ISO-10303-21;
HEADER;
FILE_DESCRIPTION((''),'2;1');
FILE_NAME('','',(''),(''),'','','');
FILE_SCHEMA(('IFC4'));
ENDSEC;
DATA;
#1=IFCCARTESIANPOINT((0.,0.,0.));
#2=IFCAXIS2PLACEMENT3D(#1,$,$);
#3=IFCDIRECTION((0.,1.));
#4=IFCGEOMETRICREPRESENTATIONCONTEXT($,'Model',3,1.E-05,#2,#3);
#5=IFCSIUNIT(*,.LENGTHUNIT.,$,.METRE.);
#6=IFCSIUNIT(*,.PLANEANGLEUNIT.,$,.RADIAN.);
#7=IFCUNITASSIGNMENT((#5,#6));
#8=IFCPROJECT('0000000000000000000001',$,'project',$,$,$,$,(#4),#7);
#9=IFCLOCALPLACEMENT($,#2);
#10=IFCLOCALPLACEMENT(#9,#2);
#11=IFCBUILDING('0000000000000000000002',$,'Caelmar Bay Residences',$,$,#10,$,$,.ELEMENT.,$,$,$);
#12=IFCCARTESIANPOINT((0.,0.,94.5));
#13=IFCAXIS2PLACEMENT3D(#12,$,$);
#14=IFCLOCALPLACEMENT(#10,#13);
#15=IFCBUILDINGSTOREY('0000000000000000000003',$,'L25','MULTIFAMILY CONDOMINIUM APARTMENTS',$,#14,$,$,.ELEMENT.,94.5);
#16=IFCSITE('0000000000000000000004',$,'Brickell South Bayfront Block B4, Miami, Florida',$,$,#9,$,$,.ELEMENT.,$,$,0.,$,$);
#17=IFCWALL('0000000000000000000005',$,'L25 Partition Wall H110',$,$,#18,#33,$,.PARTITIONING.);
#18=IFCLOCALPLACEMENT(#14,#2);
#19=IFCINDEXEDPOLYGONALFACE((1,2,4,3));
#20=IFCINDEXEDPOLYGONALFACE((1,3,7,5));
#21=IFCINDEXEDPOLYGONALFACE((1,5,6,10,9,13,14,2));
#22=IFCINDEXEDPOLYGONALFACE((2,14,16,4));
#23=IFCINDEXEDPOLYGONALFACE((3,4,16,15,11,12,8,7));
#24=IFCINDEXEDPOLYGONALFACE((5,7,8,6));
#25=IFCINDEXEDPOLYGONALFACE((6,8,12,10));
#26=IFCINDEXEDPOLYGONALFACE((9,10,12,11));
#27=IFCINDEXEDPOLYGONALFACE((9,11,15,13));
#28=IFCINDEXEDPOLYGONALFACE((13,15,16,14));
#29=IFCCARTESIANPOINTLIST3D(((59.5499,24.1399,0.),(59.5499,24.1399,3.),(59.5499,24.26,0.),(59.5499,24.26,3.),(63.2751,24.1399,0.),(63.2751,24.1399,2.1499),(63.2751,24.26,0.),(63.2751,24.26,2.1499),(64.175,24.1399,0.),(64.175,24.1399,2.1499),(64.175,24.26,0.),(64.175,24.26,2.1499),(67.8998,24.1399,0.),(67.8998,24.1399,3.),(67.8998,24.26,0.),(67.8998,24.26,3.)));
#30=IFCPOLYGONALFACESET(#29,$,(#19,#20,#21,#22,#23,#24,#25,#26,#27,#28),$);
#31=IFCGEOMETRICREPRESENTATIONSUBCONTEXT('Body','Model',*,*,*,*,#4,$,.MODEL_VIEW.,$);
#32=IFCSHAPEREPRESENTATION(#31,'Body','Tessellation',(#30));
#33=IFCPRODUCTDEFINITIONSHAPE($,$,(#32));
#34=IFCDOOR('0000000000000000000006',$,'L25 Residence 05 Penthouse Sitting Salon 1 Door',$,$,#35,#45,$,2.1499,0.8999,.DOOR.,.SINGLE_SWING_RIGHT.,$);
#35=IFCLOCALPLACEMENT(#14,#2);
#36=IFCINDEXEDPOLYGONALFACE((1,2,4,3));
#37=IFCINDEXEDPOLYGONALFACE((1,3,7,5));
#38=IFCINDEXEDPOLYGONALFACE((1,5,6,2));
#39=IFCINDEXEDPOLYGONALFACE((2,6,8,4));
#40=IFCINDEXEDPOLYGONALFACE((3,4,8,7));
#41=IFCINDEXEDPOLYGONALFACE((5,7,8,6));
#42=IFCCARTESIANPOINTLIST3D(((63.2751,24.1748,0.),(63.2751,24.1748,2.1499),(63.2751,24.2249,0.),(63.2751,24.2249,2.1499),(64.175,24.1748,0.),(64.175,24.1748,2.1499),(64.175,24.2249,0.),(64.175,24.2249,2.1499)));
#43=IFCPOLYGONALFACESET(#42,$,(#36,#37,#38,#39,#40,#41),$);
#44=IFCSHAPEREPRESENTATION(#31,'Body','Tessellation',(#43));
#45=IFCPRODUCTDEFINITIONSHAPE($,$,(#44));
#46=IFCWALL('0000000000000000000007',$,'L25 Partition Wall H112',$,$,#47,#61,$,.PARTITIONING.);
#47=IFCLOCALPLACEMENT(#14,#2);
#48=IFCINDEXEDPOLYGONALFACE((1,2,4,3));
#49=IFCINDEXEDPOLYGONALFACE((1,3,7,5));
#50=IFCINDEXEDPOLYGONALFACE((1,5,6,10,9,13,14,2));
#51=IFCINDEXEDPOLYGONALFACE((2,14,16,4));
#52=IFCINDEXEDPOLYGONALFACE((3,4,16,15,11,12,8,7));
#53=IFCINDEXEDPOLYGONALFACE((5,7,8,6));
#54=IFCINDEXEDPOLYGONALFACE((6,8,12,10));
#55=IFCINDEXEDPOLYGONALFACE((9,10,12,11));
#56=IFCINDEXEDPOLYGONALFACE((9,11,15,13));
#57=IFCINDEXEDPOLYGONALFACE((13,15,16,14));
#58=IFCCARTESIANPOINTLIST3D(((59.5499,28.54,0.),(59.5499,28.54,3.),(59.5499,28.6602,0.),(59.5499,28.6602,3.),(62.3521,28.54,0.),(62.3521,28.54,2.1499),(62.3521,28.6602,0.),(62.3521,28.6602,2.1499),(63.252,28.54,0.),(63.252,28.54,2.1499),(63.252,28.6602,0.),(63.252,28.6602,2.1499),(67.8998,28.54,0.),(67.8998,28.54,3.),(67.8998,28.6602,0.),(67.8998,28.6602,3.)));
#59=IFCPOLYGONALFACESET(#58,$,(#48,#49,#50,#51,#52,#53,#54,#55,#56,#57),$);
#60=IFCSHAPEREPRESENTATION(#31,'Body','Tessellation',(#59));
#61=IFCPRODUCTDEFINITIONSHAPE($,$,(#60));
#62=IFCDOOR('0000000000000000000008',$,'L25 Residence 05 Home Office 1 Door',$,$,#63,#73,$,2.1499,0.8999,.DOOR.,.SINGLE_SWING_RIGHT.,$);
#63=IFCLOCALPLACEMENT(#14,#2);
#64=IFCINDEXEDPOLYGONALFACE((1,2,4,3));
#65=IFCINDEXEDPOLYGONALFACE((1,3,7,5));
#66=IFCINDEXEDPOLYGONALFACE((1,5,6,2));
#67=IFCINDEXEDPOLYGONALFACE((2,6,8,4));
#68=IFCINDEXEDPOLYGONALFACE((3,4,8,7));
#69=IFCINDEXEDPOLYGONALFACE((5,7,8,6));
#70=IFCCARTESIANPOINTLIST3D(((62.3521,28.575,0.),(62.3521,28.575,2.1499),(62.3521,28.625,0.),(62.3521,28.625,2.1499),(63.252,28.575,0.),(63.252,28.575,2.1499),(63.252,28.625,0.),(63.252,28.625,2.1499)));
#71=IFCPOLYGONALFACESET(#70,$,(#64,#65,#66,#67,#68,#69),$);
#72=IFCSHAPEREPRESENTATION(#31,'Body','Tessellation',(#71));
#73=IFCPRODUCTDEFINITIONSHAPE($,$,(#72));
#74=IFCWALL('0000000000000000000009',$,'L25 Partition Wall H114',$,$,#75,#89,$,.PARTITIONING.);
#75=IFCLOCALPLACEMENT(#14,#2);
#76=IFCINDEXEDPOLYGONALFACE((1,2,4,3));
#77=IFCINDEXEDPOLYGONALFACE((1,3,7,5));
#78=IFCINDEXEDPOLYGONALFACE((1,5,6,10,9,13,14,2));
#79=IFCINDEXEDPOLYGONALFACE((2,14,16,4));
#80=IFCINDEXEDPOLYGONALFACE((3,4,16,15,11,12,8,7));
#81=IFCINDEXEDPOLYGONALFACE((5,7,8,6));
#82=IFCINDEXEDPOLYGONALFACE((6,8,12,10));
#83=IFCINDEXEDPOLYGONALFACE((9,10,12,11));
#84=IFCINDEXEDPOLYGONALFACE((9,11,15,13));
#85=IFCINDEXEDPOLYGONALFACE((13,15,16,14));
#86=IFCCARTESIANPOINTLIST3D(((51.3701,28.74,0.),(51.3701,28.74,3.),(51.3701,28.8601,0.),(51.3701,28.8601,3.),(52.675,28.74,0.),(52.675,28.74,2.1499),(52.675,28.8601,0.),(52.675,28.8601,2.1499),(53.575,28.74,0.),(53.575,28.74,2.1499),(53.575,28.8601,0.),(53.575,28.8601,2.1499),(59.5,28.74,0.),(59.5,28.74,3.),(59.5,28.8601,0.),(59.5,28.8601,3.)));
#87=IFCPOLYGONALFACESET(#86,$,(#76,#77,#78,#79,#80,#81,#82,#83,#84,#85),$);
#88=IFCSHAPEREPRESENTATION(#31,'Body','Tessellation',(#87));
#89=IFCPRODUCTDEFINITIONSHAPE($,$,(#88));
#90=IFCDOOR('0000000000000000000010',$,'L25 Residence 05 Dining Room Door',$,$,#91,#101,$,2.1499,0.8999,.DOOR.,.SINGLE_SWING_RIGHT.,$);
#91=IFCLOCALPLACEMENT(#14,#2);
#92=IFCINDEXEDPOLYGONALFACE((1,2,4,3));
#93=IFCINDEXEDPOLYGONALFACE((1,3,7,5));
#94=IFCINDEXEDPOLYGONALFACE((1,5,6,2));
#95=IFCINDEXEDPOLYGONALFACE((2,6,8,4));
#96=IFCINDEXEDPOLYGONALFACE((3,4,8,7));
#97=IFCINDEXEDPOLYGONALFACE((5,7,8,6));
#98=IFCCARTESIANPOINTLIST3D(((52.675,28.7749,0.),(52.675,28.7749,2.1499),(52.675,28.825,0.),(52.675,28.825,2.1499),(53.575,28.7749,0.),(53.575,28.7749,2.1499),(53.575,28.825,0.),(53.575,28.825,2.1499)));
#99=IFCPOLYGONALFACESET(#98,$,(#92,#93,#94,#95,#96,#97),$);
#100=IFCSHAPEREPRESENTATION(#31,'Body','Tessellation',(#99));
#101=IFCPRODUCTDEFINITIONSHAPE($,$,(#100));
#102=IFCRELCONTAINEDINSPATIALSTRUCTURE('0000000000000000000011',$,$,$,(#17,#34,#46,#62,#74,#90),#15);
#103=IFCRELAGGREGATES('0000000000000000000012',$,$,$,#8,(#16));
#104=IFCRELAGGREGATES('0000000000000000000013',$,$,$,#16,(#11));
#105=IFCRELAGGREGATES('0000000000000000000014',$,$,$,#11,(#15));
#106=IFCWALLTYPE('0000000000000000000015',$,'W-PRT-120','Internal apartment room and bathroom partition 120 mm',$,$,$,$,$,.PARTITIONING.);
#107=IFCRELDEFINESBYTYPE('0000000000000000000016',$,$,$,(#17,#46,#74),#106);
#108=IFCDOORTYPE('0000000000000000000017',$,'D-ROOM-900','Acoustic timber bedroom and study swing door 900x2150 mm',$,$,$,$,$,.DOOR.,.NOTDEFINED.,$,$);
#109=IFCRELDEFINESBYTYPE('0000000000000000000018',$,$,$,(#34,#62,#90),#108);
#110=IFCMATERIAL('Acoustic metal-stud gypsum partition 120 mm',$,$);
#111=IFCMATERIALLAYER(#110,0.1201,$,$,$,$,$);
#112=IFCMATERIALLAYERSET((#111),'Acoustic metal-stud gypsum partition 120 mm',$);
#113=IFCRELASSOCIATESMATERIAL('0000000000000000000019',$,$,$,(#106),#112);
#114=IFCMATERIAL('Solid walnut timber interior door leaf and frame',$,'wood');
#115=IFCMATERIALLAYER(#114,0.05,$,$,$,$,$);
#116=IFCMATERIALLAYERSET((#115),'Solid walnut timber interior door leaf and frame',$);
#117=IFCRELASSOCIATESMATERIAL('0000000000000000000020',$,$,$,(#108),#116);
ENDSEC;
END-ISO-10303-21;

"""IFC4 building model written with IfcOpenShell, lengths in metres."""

from ifc_helpers import new_model, si_unit, direction, frame, frame_2d, origin, place, context, subcontext, project, spatial, rectangle, extrude, material, layer, layer_set, type_object, element, fill, save


model = new_model("IFC4")

# Units and contexts
model_context = context("Model", 3, precision=1e-05, world=origin(), true_north=direction((0.0, 1.0)))
body_context = subcontext(model_context, "Body", "Model", "MODEL_VIEW")
ifc_project = project(units=[si_unit("LENGTHUNIT", "METRE"), si_unit("PLANEANGLEUNIT", "RADIAN")], contexts=[model_context])

# Site, building, storey
site_placement = place(None, origin())
site = spatial("IfcSite", under=ifc_project, at=site_placement, Name="Brickell South Bayfront Block B4, Miami, Florida", CompositionType="ELEMENT", RefElevation=0.0)
building_placement = place(site_placement, origin())
building = spatial("IfcBuilding", under=site, at=building_placement, Name="Caelmar Bay Residences", CompositionType="ELEMENT")
storey_placement = place(building_placement, frame((0.0, 0.0, 94.5)))
storey = spatial("IfcBuildingStorey", under=building, at=storey_placement, Name="L25", Description="MULTIFAMILY CONDOMINIUM APARTMENTS", CompositionType="ELEMENT", Elevation=94.5)

# Shared definitions
ifc_material_1 = material(Name="Acoustic metal-stud gypsum partition 120 mm")
ifc_layer_1 = layer(ifc_material_1, 0.1201)
ifc_layer_set_1 = layer_set([ifc_layer_1], Name="Acoustic metal-stud gypsum partition 120 mm")
wall_type = type_object("IfcWallType", Name="W-PRT-120", Description="Internal apartment room and bathroom partition 120 mm", PredefinedType="PARTITIONING", material=ifc_layer_set_1)
ifc_material_2 = material(Name="Solid walnut timber interior door leaf and frame", Category="wood")
ifc_layer_2 = layer(ifc_material_2, 0.05)
ifc_layer_set_2 = layer_set([ifc_layer_2], Name="Solid walnut timber interior door leaf and frame")
door_type_1 = type_object("IfcDoorType", Name="D-ROOM-900", Description="Acoustic timber bedroom and study swing door 900x2150 mm", OperationType="NOTDEFINED", PredefinedType="DOOR", material=ifc_layer_set_2)

# Walls, openings, doors
wall_1_placement = place(storey_placement, frame((59.55, 24.2, 0.0), z_axis=(0.0, 0.0, 1.0), x_axis=(1.0, 0.0, 0.0)))
wall_1 = element("IfcWall", 1, at=wall_1_placement, inside=storey, type_object=wall_type, Name="L25 Partition Wall H110", PredefinedType="PARTITIONING", context=body_context, shape_type="SweptSolid", body=[
    extrude(rectangle(XDim=8.3499, YDim=0.1201, at=frame_2d((4.1748, 0.0))), origin(), (0.0, 0.0, 1.0), 3.0),
])
opening_1_placement = place(wall_1_placement, frame((3.7251, 0.0, 0.0)))
opening_1 = element("IfcOpeningElement", 2, at=opening_1_placement, cuts=wall_1, PredefinedType="OPENING", context=body_context, shape_type="SweptSolid", body=[
    extrude(rectangle(XDim=0.8999, YDim=2.1499, at=frame_2d((0.45, 1.075))), frame((0.0, 0.0701, 0.0), z_axis=(0.0, -1.0, 0.0), x_axis=(1.0, 0.0, 0.0)), (0.0, 0.0, 1.0), 0.1401),
])
door_1_placement = place(opening_1_placement, origin())
door_1 = element("IfcDoor", 3, at=door_1_placement, inside=storey, type_object=door_type_1, Name="L25 Residence 05 Penthouse Sitting Salon 1 Door", OperationType="SINGLE_SWING_RIGHT", OverallHeight=2.1499, OverallWidth=0.8999, PredefinedType="DOOR", context=body_context, shape_type="SweptSolid", body=[
    extrude(rectangle(XDim=0.8999, YDim=2.1499, at=frame_2d((0.45, 1.075))), frame((0.0, 0.0249, 0.0), z_axis=(0.0, -1.0, 0.0), x_axis=(1.0, 0.0, 0.0)), (0.0, 0.0, 1.0), 0.05),
])
fill(opening_1, door_1)
wall_2_placement = place(storey_placement, frame((59.55, 28.6001, 0.0), z_axis=(0.0, 0.0, 1.0), x_axis=(1.0, 0.0, 0.0)))
wall_2 = element("IfcWall", 4, at=wall_2_placement, inside=storey, type_object=wall_type, Name="L25 Partition Wall H112", PredefinedType="PARTITIONING", context=body_context, shape_type="SweptSolid", body=[
    extrude(rectangle(XDim=8.3499, YDim=0.1201, at=frame_2d((4.1748, 0.0))), origin(), (0.0, 0.0, 1.0), 3.0),
])
opening_2_placement = place(wall_2_placement, frame((2.802, 0.0, 0.0)))
opening_2 = element("IfcOpeningElement", 5, at=opening_2_placement, cuts=wall_2, PredefinedType="OPENING", context=body_context, shape_type="SweptSolid", body=[
    extrude(rectangle(XDim=0.8999, YDim=2.1499, at=frame_2d((0.45, 1.075))), frame((0.0, 0.0701, 0.0), z_axis=(0.0, -1.0, 0.0), x_axis=(1.0, 0.0, 0.0)), (0.0, 0.0, 1.0), 0.1401),
])
door_2_placement = place(opening_2_placement, origin())
door_2 = element("IfcDoor", 6, at=door_2_placement, inside=storey, type_object=door_type_1, Name="L25 Residence 05 Home Office 1 Door", OperationType="SINGLE_SWING_RIGHT", OverallHeight=2.1499, OverallWidth=0.8999, PredefinedType="DOOR", context=body_context, shape_type="SweptSolid", body=[
    extrude(rectangle(XDim=0.8999, YDim=2.1499, at=frame_2d((0.45, 1.075))), frame((0.0, 0.0249, 0.0), z_axis=(0.0, -1.0, 0.0), x_axis=(1.0, 0.0, 0.0)), (0.0, 0.0, 1.0), 0.05),
])
fill(opening_2, door_2)
wall_3_placement = place(storey_placement, frame((51.3701, 28.8, 0.0), z_axis=(0.0, 0.0, 1.0), x_axis=(1.0, 0.0, 0.0)))
wall_3 = element("IfcWall", 7, at=wall_3_placement, inside=storey, type_object=wall_type, Name="L25 Partition Wall H114", PredefinedType="PARTITIONING", context=body_context, shape_type="SweptSolid", body=[
    extrude(rectangle(XDim=8.1299, YDim=0.1201, at=frame_2d((4.0649, 0.0))), origin(), (0.0, 0.0, 1.0), 3.0),
])
opening_3_placement = place(wall_3_placement, frame((1.3049, 0.0, 0.0)))
opening_3 = element("IfcOpeningElement", 8, at=opening_3_placement, cuts=wall_3, PredefinedType="OPENING", context=body_context, shape_type="SweptSolid", body=[
    extrude(rectangle(XDim=0.8999, YDim=2.1499, at=frame_2d((0.45, 1.075))), frame((0.0, 0.0701, 0.0), z_axis=(0.0, -1.0, 0.0), x_axis=(1.0, 0.0, 0.0)), (0.0, 0.0, 1.0), 0.1401),
])
door_3_placement = place(opening_3_placement, origin())
door_3 = element("IfcDoor", 9, at=door_3_placement, inside=storey, type_object=door_type_1, Name="L25 Residence 05 Dining Room Door", OperationType="SINGLE_SWING_RIGHT", OverallHeight=2.1499, OverallWidth=0.8999, PredefinedType="DOOR", context=body_context, shape_type="SweptSolid", body=[
    extrude(rectangle(XDim=0.8999, YDim=2.1499, at=frame_2d((0.45, 1.075))), frame((0.0, 0.0249, 0.0), z_axis=(0.0, -1.0, 0.0), x_axis=(1.0, 0.0, 0.0)), (0.0, 0.0, 1.0), 0.05),
])
fill(opening_3, door_3)

save(model, "model.ifc")
